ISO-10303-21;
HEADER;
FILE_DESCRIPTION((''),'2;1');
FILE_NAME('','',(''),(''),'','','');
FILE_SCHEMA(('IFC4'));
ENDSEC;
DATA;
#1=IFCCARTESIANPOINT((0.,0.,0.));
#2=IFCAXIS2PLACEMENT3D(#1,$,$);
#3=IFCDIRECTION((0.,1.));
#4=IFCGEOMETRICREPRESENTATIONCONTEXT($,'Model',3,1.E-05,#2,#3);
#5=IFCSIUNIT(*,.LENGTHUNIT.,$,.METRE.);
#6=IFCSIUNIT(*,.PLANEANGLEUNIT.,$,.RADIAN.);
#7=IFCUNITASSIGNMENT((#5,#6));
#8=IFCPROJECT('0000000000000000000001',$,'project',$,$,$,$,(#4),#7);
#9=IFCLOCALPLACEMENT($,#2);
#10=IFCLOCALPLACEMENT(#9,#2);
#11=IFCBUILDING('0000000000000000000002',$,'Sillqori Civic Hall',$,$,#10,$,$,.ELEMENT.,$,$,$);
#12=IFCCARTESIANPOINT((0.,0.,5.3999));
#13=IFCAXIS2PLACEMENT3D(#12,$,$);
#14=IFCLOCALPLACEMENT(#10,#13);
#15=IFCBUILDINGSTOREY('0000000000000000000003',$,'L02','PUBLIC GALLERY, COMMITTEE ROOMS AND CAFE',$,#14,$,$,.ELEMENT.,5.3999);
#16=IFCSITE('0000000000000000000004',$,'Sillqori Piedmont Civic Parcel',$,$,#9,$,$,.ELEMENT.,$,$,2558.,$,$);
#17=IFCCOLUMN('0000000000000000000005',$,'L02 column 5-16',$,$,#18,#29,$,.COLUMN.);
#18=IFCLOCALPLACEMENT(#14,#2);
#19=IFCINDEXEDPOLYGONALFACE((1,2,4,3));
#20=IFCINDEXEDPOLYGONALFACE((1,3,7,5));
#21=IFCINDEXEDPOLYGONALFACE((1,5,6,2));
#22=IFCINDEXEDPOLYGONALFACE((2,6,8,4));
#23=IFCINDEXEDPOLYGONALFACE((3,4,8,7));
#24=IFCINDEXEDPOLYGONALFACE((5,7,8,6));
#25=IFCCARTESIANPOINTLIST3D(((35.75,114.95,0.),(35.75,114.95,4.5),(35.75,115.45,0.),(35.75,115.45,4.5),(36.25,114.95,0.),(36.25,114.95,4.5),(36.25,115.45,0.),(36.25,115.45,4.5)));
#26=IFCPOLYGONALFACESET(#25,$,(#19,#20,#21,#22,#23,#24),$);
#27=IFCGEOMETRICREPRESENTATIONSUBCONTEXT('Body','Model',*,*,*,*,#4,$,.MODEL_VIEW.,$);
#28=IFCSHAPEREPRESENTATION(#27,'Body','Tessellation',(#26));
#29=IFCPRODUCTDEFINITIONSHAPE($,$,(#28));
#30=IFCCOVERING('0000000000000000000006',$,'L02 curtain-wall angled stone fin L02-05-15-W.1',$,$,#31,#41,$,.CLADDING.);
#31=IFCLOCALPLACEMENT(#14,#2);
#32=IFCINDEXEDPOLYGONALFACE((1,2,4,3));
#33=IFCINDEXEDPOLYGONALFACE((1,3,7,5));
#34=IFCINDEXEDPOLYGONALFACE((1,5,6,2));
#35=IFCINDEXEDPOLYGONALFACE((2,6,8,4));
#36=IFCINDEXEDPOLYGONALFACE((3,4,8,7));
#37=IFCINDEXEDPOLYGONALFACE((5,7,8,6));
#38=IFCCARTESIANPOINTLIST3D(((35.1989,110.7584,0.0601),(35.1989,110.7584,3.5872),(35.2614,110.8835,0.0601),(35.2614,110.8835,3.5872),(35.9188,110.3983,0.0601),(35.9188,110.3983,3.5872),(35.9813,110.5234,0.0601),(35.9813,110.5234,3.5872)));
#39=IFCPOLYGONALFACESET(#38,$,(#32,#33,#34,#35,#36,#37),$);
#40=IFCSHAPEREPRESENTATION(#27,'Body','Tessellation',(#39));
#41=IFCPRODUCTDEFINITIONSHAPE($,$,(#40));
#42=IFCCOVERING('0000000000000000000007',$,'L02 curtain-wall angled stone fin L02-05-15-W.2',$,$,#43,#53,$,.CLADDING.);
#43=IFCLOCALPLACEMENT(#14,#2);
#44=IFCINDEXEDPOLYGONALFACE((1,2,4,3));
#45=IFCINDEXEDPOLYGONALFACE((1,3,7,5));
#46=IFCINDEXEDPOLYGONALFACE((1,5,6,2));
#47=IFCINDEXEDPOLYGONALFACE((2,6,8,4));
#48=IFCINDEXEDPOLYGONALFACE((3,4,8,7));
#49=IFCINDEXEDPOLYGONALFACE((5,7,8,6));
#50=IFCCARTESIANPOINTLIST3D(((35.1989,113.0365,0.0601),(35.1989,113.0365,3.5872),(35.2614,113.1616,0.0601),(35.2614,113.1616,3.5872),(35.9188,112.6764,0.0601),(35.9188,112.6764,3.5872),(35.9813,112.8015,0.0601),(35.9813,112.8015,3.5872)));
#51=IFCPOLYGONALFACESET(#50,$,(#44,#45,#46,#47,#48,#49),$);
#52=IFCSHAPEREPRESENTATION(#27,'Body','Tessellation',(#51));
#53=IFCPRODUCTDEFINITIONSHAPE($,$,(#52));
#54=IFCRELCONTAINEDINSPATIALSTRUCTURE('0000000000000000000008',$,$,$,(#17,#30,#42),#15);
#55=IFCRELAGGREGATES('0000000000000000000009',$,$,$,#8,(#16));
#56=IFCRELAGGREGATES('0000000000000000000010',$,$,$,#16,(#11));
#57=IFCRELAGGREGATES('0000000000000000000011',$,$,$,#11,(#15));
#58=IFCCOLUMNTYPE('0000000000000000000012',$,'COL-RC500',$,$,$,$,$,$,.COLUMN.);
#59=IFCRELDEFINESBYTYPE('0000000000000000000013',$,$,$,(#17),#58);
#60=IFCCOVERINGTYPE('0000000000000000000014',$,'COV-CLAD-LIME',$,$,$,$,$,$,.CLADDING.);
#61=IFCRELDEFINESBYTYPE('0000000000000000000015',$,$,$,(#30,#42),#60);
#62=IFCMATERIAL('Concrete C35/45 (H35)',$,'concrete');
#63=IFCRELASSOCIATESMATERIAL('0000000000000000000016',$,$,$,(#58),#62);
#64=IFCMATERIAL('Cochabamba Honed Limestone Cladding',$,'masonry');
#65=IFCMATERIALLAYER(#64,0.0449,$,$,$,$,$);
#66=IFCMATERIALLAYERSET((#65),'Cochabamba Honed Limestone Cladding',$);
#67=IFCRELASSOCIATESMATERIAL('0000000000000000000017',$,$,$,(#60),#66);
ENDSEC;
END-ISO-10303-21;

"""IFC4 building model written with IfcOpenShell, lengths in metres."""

from ifc_helpers import new_model, si_unit, direction, frame, frame_2d, origin, origin_2d, place, context, subcontext, project, spatial, rectangle, extrude, material, layer, layer_set, material_profile, profile_set, type_object, element, save


model = new_model("IFC4")

# Units and contexts
model_context = context("Model", 3, precision=1e-05, world=origin(), true_north=direction((0.0, 1.0)))
body_context = subcontext(model_context, "Body", "Model", "MODEL_VIEW")
ifc_project = project(units=[si_unit("LENGTHUNIT", "METRE"), si_unit("PLANEANGLEUNIT", "RADIAN")], contexts=[model_context])

# Site, building, storey
site_placement = place(None, origin())
site = spatial("IfcSite", under=ifc_project, at=site_placement, Name="Sillqori Piedmont Civic Parcel", CompositionType="ELEMENT", RefElevation=2558.0)
building_placement = place(site_placement, origin())
building = spatial("IfcBuilding", under=site, at=building_placement, Name="Sillqori Civic Hall", CompositionType="ELEMENT")
storey_placement = place(building_placement, frame((0.0, 0.0, 5.3999)))
storey = spatial("IfcBuildingStorey", under=building, at=storey_placement, Name="L02", Description="PUBLIC GALLERY, COMMITTEE ROOMS AND CAFE", CompositionType="ELEMENT", Elevation=5.3999)

# Column
ifc_material_1 = material(Name="Concrete C35/45 (H35)", Category="concrete")
ifc_material_profile_1 = material_profile(ifc_material_1, rectangle(XDim=0.5, YDim=0.5, at=origin_2d()), Name="RC 500x500")
ifc_profile_set_1 = profile_set([ifc_material_profile_1], Name="Concrete C35/45 (H35)")
column_type = type_object("IfcColumnType", Name="COL-RC500", PredefinedType="COLUMN", material=ifc_profile_set_1)
column_placement = place(storey_placement, frame((36.0, 115.2, 0.0), z_axis=(0.0, 0.0, 1.0), x_axis=(1.0, 0.0, 0.0)))
element("IfcColumn", 1, at=column_placement, inside=storey, type_object=column_type, Name="L02 column 5-16", PredefinedType="COLUMN", context=body_context, shape_type="SweptSolid", body=[
    extrude(rectangle(XDim=0.5, YDim=0.5, at=origin_2d()), origin(), (0.0, 0.0, 1.0), 4.5),
])

# Coverings
ifc_material_2 = material(Name="Cochabamba Honed Limestone Cladding", Category="masonry")
ifc_layer_1 = layer(ifc_material_2, 0.0449)
ifc_layer_set_1 = layer_set([ifc_layer_1], Name="Cochabamba Honed Limestone Cladding")
covering_type = type_object("IfcCoveringType", Name="COV-CLAD-LIME", PredefinedType="CLADDING", material=ifc_layer_set_1)
for number, where, z_axis, x_axis, name in (
    (2, (35.95, 110.4609, 0.0601), (0.0, 0.0, 1.0), (-0.894367, 0.447335, 0.0), "L02 curtain-wall angled stone fin L02-05-15-W.1"),
    (3, (35.95, 112.739, 0.0601), (0.0, 0.0, 1.0), (-0.894367, 0.447335, 0.0), "L02 curtain-wall angled stone fin L02-05-15-W.2"),
):
    element("IfcCovering", number, at=place(storey_placement, frame(where, z_axis=z_axis, x_axis=x_axis)), inside=storey, type_object=covering_type, Name=name, PredefinedType="CLADDING", context=body_context, shape_type="SweptSolid", body=[
        extrude(rectangle(XDim=0.8049, YDim=0.1399, at=frame_2d((0.4023, 0.0))), origin(), (0.0, 0.0, 1.0), 3.5271),
    ])

save(model, "model.ifc")
